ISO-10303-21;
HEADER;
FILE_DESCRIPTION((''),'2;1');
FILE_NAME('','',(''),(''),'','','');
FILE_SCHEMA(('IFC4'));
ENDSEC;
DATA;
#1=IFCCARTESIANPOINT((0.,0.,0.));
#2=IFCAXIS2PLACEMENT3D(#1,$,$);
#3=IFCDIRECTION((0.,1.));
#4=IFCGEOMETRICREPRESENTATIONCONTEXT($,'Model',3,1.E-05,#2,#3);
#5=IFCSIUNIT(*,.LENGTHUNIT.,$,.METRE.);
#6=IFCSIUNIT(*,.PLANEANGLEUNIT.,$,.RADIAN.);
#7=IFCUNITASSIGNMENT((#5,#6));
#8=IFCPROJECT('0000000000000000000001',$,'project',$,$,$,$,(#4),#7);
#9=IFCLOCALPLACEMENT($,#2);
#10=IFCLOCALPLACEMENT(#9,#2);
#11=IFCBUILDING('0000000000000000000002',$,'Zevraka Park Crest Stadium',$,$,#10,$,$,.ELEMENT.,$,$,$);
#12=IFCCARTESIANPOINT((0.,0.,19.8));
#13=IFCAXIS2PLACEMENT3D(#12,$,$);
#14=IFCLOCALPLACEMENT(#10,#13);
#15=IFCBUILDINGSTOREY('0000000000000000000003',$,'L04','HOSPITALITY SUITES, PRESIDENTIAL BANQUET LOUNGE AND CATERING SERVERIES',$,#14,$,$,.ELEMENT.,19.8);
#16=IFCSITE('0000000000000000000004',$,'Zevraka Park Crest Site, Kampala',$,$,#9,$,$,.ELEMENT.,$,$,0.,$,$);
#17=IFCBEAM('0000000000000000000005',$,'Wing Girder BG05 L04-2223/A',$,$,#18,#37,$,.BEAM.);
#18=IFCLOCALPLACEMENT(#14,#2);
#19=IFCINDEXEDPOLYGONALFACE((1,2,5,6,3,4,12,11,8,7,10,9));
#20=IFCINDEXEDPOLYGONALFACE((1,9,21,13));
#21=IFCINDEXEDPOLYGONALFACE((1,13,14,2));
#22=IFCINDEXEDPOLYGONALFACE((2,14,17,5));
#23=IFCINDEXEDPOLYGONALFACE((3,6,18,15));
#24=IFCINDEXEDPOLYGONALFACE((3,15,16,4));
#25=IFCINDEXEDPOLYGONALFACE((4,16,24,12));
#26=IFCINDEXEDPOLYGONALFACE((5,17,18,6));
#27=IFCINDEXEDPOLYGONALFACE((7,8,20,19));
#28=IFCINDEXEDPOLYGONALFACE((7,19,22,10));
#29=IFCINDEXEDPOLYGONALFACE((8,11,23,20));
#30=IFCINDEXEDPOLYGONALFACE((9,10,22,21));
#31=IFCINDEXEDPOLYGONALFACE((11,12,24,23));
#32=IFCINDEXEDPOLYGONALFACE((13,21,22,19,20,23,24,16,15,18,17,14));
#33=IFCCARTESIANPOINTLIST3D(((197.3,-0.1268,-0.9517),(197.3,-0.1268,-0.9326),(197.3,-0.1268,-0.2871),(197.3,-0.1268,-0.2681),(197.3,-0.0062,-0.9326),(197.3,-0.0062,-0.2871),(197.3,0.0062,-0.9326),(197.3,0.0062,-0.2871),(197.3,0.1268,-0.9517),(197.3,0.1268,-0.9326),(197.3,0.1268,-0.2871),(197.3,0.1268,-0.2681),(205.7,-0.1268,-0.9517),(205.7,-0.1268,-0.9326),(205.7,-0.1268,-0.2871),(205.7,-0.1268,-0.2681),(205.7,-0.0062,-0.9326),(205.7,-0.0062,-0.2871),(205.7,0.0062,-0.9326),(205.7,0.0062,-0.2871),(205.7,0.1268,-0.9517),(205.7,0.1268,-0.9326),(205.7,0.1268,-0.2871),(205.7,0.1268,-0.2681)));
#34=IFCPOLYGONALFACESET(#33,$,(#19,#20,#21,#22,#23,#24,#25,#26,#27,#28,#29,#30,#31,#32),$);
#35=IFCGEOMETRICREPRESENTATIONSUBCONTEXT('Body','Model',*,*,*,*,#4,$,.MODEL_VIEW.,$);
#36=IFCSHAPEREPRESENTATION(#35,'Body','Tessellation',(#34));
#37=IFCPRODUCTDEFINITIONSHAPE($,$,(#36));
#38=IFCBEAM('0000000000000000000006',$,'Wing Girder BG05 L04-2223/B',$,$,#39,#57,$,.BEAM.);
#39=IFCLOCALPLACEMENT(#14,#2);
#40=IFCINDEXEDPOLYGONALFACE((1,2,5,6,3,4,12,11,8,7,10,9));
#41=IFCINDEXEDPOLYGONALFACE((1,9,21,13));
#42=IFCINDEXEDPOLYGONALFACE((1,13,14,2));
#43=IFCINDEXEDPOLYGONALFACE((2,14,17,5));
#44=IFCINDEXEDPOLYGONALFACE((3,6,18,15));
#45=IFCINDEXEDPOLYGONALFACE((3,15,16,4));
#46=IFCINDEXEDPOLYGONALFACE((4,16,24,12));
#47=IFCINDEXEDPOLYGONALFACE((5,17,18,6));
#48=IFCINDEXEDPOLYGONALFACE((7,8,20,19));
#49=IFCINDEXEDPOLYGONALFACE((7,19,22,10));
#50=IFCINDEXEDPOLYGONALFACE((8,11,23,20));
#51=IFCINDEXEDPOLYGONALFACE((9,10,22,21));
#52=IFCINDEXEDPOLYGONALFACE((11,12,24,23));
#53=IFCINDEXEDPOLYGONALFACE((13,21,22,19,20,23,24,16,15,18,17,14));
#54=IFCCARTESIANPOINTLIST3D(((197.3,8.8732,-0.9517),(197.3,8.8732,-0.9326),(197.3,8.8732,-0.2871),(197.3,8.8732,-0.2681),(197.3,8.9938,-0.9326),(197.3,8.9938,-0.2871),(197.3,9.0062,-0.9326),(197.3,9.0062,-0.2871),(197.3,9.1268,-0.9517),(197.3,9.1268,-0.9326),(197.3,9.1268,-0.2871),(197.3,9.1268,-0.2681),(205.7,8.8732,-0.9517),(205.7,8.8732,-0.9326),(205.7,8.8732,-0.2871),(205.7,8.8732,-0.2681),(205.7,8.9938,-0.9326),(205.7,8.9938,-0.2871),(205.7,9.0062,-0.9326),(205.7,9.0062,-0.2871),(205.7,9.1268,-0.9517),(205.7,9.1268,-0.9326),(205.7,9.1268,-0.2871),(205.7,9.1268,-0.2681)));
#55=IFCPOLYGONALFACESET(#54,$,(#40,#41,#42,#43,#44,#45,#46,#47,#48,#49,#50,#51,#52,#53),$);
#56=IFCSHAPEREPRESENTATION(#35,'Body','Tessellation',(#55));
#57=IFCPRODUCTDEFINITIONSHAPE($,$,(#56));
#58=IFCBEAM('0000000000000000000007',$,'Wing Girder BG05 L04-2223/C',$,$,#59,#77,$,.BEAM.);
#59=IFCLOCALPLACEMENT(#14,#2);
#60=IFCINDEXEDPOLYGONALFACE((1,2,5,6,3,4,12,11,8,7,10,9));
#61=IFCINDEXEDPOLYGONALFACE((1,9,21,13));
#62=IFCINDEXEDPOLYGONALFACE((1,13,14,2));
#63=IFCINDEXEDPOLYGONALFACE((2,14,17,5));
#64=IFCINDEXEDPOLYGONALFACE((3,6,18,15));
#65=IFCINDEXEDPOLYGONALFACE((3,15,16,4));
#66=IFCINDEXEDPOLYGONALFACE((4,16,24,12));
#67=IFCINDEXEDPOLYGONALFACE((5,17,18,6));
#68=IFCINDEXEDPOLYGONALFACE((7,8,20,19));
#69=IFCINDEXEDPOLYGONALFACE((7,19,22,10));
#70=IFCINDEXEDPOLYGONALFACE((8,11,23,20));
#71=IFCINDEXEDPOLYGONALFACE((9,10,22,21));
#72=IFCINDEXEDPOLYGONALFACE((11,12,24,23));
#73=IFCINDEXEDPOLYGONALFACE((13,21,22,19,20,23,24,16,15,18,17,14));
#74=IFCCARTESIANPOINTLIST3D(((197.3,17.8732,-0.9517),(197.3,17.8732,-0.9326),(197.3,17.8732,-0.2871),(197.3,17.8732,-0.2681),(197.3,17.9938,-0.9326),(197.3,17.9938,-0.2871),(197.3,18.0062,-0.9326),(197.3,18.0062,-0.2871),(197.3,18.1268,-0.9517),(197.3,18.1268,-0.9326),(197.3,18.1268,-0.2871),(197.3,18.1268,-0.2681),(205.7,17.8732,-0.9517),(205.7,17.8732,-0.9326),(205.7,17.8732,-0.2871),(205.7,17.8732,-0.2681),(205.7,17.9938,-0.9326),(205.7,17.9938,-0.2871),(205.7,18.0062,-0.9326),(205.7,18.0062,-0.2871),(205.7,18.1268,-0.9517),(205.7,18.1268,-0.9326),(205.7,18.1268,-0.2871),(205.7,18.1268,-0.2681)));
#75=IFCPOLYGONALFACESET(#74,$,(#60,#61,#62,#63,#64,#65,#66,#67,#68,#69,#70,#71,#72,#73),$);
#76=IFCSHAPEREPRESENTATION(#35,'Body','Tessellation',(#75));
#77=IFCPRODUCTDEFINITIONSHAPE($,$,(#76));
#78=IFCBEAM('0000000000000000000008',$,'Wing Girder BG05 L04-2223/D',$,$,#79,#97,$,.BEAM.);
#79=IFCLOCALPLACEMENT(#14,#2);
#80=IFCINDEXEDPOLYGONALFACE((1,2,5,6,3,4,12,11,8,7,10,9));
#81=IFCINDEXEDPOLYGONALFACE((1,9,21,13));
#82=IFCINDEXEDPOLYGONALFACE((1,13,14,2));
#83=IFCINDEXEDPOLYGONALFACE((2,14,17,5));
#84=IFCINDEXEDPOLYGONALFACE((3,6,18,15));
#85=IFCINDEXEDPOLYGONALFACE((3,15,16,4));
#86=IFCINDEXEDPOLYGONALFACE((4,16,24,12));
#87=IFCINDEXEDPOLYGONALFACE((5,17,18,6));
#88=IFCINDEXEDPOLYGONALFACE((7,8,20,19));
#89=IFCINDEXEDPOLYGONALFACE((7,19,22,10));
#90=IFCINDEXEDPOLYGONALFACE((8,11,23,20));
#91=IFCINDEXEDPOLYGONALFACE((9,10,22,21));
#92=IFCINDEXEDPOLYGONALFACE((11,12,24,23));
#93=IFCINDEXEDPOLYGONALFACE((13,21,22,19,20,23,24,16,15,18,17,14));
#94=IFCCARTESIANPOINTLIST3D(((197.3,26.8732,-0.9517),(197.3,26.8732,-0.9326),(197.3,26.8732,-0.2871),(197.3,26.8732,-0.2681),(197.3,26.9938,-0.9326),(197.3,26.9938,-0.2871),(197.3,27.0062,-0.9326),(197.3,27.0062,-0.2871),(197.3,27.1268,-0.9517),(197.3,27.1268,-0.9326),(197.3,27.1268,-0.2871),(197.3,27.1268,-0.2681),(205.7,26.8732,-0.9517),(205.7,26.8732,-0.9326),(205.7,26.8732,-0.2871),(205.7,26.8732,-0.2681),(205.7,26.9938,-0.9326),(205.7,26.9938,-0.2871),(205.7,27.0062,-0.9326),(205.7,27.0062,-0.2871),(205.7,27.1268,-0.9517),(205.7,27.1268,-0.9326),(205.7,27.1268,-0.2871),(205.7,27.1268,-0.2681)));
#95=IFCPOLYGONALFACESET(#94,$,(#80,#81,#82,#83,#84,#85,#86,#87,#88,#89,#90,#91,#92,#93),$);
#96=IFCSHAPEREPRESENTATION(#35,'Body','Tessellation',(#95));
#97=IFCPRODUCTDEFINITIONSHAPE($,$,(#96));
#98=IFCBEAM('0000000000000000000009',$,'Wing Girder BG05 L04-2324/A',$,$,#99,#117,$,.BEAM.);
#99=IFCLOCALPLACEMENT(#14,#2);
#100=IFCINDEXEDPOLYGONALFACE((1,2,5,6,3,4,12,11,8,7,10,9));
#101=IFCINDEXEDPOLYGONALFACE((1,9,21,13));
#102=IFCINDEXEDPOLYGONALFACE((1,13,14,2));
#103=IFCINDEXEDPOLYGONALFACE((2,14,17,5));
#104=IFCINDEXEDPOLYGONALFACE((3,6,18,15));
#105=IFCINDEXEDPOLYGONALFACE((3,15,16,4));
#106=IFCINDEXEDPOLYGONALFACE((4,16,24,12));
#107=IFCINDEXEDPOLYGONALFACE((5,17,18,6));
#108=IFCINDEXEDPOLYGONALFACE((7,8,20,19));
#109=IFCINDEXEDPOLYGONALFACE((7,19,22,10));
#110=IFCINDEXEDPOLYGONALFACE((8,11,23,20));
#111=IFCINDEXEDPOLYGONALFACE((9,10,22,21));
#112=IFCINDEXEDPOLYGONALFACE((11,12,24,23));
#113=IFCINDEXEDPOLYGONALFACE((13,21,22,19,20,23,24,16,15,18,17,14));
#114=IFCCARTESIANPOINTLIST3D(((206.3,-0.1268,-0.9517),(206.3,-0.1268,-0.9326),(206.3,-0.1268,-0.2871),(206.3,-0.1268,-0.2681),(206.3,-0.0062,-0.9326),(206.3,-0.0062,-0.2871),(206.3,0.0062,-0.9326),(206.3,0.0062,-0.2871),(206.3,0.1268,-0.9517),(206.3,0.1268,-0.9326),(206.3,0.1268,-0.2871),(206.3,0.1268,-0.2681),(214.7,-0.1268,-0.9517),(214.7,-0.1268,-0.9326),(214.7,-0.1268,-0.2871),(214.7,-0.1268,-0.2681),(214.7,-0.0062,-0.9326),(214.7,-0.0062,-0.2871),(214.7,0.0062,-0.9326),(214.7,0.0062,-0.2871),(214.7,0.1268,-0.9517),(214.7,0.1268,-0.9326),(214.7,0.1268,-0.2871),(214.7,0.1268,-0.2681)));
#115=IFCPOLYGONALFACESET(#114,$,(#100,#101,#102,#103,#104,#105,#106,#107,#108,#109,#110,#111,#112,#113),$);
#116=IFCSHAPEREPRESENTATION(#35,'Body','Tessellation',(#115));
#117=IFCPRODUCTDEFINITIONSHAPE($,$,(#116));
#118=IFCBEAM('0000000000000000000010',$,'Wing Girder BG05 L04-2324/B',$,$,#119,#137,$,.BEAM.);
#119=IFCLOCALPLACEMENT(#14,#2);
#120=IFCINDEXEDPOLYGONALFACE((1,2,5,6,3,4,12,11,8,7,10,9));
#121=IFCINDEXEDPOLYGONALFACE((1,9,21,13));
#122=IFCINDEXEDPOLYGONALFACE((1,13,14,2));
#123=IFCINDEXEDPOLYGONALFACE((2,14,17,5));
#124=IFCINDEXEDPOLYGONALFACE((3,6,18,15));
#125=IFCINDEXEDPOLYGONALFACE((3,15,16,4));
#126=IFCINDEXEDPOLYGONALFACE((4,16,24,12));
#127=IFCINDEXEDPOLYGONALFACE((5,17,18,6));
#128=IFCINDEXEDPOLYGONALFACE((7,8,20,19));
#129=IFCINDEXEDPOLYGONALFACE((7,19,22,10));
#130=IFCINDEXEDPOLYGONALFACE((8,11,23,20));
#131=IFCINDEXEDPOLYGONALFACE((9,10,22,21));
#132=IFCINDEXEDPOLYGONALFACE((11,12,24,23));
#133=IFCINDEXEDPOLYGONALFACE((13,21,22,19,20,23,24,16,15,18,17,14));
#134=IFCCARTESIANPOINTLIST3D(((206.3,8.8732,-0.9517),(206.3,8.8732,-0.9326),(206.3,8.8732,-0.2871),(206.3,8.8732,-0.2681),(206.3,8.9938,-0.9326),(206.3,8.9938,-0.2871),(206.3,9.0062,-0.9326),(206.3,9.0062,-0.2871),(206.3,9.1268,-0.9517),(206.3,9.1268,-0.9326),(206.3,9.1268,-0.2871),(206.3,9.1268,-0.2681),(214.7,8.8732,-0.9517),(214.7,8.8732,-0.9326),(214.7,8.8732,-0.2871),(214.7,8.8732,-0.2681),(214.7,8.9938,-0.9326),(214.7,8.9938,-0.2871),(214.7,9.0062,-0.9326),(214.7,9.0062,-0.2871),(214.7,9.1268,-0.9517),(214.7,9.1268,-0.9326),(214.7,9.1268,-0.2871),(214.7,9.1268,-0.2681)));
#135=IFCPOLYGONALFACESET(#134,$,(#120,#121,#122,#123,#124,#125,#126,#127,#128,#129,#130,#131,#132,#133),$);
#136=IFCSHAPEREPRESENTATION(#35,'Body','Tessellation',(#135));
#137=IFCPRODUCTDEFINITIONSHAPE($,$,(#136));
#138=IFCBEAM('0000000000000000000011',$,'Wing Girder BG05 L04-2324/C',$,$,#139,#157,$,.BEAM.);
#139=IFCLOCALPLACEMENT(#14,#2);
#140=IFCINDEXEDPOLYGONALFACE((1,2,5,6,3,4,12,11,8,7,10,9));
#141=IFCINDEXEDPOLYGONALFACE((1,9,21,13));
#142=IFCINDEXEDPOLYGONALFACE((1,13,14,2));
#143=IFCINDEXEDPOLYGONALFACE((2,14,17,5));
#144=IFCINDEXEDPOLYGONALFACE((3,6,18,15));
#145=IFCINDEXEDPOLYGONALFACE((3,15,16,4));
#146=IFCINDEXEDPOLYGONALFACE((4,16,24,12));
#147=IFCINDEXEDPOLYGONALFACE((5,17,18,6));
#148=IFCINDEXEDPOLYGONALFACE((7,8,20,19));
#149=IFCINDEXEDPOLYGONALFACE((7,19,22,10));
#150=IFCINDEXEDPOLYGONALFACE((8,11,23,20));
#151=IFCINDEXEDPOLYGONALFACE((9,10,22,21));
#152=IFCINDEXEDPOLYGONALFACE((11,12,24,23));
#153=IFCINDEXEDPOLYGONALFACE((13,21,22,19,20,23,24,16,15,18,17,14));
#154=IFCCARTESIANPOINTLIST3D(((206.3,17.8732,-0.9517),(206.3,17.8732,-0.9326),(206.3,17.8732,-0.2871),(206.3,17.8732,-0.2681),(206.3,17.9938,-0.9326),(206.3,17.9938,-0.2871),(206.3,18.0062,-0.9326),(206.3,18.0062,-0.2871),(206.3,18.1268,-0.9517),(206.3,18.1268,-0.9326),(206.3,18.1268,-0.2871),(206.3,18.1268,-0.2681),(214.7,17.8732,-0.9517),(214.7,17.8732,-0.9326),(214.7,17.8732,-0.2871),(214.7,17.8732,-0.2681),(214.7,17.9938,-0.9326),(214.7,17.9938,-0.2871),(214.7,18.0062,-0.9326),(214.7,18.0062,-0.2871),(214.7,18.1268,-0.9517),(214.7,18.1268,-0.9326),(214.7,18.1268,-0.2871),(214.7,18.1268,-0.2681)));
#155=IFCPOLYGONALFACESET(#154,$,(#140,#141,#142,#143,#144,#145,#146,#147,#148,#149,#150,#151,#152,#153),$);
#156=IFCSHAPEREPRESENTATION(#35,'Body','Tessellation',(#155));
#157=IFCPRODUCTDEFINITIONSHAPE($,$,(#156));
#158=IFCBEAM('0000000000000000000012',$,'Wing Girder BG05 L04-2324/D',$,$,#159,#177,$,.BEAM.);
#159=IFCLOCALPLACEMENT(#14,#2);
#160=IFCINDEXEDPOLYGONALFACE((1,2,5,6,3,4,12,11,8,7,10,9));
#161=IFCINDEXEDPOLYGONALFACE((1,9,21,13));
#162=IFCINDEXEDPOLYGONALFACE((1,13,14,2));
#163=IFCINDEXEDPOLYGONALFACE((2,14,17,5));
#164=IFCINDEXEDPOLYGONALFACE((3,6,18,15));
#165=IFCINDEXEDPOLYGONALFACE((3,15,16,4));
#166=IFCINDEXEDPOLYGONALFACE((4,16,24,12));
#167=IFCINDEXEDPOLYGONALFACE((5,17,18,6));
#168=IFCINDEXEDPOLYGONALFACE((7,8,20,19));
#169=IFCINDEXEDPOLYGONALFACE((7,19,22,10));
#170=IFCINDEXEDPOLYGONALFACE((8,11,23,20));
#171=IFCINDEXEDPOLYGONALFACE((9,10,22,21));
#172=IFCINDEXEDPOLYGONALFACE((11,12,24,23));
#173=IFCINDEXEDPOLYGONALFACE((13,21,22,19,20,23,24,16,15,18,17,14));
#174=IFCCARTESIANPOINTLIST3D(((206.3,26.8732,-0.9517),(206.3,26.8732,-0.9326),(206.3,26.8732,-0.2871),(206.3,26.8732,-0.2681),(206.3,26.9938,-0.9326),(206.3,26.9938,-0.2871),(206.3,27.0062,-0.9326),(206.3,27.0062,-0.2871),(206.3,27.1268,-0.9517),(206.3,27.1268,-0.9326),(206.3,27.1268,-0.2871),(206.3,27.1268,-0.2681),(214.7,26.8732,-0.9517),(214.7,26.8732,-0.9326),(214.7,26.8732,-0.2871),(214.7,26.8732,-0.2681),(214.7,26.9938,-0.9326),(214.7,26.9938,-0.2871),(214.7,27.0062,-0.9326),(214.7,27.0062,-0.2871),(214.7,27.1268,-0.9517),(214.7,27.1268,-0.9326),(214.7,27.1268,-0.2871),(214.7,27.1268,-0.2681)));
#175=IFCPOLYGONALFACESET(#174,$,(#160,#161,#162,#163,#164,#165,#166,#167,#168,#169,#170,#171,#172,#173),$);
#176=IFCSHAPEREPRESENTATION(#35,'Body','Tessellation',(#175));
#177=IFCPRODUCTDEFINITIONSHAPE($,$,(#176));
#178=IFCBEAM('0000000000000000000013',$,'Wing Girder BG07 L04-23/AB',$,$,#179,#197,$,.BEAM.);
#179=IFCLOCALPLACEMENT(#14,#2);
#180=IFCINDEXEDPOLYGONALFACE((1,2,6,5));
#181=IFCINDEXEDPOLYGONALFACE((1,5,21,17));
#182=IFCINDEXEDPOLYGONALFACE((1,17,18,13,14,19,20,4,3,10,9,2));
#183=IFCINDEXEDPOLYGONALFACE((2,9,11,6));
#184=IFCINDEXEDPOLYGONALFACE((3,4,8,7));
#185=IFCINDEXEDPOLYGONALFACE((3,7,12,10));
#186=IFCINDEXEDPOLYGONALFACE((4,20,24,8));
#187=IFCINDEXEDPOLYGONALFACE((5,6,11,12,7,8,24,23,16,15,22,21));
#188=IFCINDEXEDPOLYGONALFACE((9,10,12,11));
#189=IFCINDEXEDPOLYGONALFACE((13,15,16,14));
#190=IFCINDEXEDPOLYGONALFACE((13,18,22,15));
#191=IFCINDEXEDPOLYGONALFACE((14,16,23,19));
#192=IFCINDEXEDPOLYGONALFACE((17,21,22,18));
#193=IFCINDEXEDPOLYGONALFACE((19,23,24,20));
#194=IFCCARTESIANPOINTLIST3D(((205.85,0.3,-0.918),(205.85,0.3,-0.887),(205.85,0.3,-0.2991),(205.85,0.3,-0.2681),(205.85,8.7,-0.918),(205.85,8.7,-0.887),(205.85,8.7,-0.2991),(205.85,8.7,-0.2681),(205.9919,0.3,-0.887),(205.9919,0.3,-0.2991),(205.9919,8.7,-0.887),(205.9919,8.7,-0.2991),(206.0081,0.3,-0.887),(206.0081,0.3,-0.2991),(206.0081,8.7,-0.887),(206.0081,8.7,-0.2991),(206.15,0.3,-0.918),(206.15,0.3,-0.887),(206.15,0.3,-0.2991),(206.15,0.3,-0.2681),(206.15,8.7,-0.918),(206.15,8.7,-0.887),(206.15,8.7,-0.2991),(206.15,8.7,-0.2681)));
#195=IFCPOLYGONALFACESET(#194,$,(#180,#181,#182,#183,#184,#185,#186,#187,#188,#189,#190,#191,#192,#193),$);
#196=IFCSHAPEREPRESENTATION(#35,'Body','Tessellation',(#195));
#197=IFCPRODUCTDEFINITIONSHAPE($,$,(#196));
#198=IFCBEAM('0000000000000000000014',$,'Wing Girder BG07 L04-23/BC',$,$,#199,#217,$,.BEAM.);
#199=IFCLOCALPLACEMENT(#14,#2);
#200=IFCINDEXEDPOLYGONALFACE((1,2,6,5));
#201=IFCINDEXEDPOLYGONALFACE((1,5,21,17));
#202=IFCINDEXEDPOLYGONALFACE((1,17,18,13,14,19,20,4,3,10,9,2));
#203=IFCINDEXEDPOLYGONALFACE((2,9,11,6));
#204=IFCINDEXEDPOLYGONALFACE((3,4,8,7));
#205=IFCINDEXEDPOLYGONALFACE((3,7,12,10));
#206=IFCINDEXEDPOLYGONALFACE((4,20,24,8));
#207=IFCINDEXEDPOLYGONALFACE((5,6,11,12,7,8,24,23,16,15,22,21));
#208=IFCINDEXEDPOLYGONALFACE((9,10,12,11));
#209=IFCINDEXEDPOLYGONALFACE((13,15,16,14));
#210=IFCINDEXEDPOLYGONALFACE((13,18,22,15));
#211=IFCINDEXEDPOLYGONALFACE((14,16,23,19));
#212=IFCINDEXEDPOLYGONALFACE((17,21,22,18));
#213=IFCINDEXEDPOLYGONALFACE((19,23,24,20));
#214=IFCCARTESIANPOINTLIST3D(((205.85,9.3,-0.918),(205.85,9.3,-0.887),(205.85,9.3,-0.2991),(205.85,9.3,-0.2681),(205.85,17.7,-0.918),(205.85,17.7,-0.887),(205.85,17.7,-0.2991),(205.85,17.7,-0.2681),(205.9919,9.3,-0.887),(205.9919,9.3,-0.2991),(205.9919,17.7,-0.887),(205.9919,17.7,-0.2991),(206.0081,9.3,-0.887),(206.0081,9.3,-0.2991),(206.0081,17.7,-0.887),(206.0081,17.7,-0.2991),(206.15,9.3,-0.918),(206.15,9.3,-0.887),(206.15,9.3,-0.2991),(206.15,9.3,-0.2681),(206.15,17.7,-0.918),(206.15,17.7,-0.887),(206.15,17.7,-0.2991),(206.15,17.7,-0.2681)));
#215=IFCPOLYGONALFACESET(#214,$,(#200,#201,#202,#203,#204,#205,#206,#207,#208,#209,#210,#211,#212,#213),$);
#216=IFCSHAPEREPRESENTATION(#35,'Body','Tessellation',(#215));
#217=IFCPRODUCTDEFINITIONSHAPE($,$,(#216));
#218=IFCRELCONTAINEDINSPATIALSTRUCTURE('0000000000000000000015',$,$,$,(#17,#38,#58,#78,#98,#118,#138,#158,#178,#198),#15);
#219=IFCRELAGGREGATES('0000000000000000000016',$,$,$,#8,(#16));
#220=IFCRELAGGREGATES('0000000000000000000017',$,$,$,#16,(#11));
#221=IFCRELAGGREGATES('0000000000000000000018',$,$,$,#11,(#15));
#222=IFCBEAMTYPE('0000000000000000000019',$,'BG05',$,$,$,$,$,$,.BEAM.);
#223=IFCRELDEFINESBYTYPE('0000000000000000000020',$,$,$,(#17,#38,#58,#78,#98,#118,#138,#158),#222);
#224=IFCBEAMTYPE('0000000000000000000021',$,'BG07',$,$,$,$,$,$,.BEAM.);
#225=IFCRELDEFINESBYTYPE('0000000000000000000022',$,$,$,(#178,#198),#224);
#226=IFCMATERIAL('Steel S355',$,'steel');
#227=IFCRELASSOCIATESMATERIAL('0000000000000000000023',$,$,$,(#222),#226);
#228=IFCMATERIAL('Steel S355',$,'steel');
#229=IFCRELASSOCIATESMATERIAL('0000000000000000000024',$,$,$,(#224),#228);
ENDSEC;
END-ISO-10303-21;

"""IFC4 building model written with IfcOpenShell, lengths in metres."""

from ifc_helpers import new_model, si_unit, direction, frame, origin, origin_2d, place, context, subcontext, project, spatial, i_section, extrude, material, material_profile, profile_set, type_object, element, save


model = new_model("IFC4")

# Units and contexts
model_context = context("Model", 3, precision=1e-05, world=origin(), true_north=direction((0.0, 1.0)))
body_context = subcontext(model_context, "Body", "Model", "MODEL_VIEW")
ifc_project = project(units=[si_unit("LENGTHUNIT", "METRE"), si_unit("PLANEANGLEUNIT", "RADIAN")], contexts=[model_context])

# Site, building, storey
site_placement = place(None, origin())
site = spatial("IfcSite", under=ifc_project, at=site_placement, Name="Zevraka Park Crest Site, Kampala", CompositionType="ELEMENT", RefElevation=0.0)
building_placement = place(site_placement, origin())
building = spatial("IfcBuilding", under=site, at=building_placement, Name="Zevraka Park Crest Stadium", CompositionType="ELEMENT")
storey_placement = place(building_placement, frame((0.0, 0.0, 19.8)))
storey = spatial("IfcBuildingStorey", under=building, at=storey_placement, Name="L04", Description="HOSPITALITY SUITES, PRESIDENTIAL BANQUET LOUNGE AND CATERING SERVERIES", CompositionType="ELEMENT", Elevation=19.8)

# Beams
ifc_material_1 = material(Name="Steel S355", Category="steel")
ifc_material_profile_1 = material_profile(ifc_material_1, i_section(OverallWidth=0.2537, OverallDepth=0.6836, WebThickness=0.0125, FlangeThickness=0.019, at=origin_2d()), Name="UKB 686x254x140")
ifc_profile_set_1 = profile_set([ifc_material_profile_1], Name="Steel S355")
beam_type_1 = type_object("IfcBeamType", Name="BG05", PredefinedType="BEAM", material=ifc_profile_set_1)
for number, where, z_axis, x_axis, name in (
    (1, (197.3, 0.0, -0.6099), (1.0, 0.0, 0.0), (0.0, 1.0, 0.0), "Wing Girder BG05 L04-2223/A"),
    (2, (197.3, 9.0, -0.6099), (1.0, 0.0, 0.0), (0.0, 1.0, 0.0), "Wing Girder BG05 L04-2223/B"),
    (3, (197.3, 18.0, -0.6099), (1.0, 0.0, 0.0), (0.0, 1.0, 0.0), "Wing Girder BG05 L04-2223/C"),
    (4, (197.3, 27.0, -0.6099), (1.0, 0.0, 0.0), (0.0, 1.0, 0.0), "Wing Girder BG05 L04-2223/D"),
    (5, (206.3, 0.0, -0.6099), (1.0, 0.0, 0.0), (0.0, 1.0, 0.0), "Wing Girder BG05 L04-2324/A"),
    (6, (206.3, 9.0, -0.6099), (1.0, 0.0, 0.0), (0.0, 1.0, 0.0), "Wing Girder BG05 L04-2324/B"),
    (7, (206.3, 18.0, -0.6099), (1.0, 0.0, 0.0), (0.0, 1.0, 0.0), "Wing Girder BG05 L04-2324/C"),
    (8, (206.3, 27.0, -0.6099), (1.0, 0.0, 0.0), (0.0, 1.0, 0.0), "Wing Girder BG05 L04-2324/D"),
):
    element("IfcBeam", number, at=place(storey_placement, frame(where, z_axis=z_axis, x_axis=x_axis)), inside=storey, type_object=beam_type_1, Name=name, PredefinedType="BEAM", context=body_context, shape_type="SweptSolid", body=[
        extrude(i_section(OverallWidth=0.2537, OverallDepth=0.6836, WebThickness=0.0125, FlangeThickness=0.019, at=origin_2d()), origin(), (0.0, 0.0, 1.0), 8.3999),
    ])
ifc_material_2 = material(Name="Steel S355", Category="steel")
ifc_material_profile_2 = material_profile(ifc_material_2, i_section(OverallWidth=0.3, OverallDepth=0.6499, WebThickness=0.0161, FlangeThickness=0.031, at=origin_2d()), Name="HEB 650")
ifc_profile_set_2 = profile_set([ifc_material_profile_2], Name="Steel S355")
beam_type_2 = type_object("IfcBeamType", Name="BG07", PredefinedType="BEAM", material=ifc_profile_set_2)
for number, where, z_axis, x_axis, name in (
    (9, (206.0, 0.3, -0.593), (0.0, 1.0, 0.0), (-1.0, 0.0, 0.0), "Wing Girder BG07 L04-23/AB"),
    (10, (206.0, 9.3, -0.593), (0.0, 1.0, 0.0), (-1.0, 0.0, 0.0), "Wing Girder BG07 L04-23/BC"),
):
    element("IfcBeam", number, at=place(storey_placement, frame(where, z_axis=z_axis, x_axis=x_axis)), inside=storey, type_object=beam_type_2, Name=name, PredefinedType="BEAM", context=body_context, shape_type="SweptSolid", body=[
        extrude(i_section(OverallWidth=0.3, OverallDepth=0.6499, WebThickness=0.0161, FlangeThickness=0.031, at=origin_2d()), origin(), (0.0, 0.0, 1.0), 8.3999),
    ])

save(model, "model.ifc")
